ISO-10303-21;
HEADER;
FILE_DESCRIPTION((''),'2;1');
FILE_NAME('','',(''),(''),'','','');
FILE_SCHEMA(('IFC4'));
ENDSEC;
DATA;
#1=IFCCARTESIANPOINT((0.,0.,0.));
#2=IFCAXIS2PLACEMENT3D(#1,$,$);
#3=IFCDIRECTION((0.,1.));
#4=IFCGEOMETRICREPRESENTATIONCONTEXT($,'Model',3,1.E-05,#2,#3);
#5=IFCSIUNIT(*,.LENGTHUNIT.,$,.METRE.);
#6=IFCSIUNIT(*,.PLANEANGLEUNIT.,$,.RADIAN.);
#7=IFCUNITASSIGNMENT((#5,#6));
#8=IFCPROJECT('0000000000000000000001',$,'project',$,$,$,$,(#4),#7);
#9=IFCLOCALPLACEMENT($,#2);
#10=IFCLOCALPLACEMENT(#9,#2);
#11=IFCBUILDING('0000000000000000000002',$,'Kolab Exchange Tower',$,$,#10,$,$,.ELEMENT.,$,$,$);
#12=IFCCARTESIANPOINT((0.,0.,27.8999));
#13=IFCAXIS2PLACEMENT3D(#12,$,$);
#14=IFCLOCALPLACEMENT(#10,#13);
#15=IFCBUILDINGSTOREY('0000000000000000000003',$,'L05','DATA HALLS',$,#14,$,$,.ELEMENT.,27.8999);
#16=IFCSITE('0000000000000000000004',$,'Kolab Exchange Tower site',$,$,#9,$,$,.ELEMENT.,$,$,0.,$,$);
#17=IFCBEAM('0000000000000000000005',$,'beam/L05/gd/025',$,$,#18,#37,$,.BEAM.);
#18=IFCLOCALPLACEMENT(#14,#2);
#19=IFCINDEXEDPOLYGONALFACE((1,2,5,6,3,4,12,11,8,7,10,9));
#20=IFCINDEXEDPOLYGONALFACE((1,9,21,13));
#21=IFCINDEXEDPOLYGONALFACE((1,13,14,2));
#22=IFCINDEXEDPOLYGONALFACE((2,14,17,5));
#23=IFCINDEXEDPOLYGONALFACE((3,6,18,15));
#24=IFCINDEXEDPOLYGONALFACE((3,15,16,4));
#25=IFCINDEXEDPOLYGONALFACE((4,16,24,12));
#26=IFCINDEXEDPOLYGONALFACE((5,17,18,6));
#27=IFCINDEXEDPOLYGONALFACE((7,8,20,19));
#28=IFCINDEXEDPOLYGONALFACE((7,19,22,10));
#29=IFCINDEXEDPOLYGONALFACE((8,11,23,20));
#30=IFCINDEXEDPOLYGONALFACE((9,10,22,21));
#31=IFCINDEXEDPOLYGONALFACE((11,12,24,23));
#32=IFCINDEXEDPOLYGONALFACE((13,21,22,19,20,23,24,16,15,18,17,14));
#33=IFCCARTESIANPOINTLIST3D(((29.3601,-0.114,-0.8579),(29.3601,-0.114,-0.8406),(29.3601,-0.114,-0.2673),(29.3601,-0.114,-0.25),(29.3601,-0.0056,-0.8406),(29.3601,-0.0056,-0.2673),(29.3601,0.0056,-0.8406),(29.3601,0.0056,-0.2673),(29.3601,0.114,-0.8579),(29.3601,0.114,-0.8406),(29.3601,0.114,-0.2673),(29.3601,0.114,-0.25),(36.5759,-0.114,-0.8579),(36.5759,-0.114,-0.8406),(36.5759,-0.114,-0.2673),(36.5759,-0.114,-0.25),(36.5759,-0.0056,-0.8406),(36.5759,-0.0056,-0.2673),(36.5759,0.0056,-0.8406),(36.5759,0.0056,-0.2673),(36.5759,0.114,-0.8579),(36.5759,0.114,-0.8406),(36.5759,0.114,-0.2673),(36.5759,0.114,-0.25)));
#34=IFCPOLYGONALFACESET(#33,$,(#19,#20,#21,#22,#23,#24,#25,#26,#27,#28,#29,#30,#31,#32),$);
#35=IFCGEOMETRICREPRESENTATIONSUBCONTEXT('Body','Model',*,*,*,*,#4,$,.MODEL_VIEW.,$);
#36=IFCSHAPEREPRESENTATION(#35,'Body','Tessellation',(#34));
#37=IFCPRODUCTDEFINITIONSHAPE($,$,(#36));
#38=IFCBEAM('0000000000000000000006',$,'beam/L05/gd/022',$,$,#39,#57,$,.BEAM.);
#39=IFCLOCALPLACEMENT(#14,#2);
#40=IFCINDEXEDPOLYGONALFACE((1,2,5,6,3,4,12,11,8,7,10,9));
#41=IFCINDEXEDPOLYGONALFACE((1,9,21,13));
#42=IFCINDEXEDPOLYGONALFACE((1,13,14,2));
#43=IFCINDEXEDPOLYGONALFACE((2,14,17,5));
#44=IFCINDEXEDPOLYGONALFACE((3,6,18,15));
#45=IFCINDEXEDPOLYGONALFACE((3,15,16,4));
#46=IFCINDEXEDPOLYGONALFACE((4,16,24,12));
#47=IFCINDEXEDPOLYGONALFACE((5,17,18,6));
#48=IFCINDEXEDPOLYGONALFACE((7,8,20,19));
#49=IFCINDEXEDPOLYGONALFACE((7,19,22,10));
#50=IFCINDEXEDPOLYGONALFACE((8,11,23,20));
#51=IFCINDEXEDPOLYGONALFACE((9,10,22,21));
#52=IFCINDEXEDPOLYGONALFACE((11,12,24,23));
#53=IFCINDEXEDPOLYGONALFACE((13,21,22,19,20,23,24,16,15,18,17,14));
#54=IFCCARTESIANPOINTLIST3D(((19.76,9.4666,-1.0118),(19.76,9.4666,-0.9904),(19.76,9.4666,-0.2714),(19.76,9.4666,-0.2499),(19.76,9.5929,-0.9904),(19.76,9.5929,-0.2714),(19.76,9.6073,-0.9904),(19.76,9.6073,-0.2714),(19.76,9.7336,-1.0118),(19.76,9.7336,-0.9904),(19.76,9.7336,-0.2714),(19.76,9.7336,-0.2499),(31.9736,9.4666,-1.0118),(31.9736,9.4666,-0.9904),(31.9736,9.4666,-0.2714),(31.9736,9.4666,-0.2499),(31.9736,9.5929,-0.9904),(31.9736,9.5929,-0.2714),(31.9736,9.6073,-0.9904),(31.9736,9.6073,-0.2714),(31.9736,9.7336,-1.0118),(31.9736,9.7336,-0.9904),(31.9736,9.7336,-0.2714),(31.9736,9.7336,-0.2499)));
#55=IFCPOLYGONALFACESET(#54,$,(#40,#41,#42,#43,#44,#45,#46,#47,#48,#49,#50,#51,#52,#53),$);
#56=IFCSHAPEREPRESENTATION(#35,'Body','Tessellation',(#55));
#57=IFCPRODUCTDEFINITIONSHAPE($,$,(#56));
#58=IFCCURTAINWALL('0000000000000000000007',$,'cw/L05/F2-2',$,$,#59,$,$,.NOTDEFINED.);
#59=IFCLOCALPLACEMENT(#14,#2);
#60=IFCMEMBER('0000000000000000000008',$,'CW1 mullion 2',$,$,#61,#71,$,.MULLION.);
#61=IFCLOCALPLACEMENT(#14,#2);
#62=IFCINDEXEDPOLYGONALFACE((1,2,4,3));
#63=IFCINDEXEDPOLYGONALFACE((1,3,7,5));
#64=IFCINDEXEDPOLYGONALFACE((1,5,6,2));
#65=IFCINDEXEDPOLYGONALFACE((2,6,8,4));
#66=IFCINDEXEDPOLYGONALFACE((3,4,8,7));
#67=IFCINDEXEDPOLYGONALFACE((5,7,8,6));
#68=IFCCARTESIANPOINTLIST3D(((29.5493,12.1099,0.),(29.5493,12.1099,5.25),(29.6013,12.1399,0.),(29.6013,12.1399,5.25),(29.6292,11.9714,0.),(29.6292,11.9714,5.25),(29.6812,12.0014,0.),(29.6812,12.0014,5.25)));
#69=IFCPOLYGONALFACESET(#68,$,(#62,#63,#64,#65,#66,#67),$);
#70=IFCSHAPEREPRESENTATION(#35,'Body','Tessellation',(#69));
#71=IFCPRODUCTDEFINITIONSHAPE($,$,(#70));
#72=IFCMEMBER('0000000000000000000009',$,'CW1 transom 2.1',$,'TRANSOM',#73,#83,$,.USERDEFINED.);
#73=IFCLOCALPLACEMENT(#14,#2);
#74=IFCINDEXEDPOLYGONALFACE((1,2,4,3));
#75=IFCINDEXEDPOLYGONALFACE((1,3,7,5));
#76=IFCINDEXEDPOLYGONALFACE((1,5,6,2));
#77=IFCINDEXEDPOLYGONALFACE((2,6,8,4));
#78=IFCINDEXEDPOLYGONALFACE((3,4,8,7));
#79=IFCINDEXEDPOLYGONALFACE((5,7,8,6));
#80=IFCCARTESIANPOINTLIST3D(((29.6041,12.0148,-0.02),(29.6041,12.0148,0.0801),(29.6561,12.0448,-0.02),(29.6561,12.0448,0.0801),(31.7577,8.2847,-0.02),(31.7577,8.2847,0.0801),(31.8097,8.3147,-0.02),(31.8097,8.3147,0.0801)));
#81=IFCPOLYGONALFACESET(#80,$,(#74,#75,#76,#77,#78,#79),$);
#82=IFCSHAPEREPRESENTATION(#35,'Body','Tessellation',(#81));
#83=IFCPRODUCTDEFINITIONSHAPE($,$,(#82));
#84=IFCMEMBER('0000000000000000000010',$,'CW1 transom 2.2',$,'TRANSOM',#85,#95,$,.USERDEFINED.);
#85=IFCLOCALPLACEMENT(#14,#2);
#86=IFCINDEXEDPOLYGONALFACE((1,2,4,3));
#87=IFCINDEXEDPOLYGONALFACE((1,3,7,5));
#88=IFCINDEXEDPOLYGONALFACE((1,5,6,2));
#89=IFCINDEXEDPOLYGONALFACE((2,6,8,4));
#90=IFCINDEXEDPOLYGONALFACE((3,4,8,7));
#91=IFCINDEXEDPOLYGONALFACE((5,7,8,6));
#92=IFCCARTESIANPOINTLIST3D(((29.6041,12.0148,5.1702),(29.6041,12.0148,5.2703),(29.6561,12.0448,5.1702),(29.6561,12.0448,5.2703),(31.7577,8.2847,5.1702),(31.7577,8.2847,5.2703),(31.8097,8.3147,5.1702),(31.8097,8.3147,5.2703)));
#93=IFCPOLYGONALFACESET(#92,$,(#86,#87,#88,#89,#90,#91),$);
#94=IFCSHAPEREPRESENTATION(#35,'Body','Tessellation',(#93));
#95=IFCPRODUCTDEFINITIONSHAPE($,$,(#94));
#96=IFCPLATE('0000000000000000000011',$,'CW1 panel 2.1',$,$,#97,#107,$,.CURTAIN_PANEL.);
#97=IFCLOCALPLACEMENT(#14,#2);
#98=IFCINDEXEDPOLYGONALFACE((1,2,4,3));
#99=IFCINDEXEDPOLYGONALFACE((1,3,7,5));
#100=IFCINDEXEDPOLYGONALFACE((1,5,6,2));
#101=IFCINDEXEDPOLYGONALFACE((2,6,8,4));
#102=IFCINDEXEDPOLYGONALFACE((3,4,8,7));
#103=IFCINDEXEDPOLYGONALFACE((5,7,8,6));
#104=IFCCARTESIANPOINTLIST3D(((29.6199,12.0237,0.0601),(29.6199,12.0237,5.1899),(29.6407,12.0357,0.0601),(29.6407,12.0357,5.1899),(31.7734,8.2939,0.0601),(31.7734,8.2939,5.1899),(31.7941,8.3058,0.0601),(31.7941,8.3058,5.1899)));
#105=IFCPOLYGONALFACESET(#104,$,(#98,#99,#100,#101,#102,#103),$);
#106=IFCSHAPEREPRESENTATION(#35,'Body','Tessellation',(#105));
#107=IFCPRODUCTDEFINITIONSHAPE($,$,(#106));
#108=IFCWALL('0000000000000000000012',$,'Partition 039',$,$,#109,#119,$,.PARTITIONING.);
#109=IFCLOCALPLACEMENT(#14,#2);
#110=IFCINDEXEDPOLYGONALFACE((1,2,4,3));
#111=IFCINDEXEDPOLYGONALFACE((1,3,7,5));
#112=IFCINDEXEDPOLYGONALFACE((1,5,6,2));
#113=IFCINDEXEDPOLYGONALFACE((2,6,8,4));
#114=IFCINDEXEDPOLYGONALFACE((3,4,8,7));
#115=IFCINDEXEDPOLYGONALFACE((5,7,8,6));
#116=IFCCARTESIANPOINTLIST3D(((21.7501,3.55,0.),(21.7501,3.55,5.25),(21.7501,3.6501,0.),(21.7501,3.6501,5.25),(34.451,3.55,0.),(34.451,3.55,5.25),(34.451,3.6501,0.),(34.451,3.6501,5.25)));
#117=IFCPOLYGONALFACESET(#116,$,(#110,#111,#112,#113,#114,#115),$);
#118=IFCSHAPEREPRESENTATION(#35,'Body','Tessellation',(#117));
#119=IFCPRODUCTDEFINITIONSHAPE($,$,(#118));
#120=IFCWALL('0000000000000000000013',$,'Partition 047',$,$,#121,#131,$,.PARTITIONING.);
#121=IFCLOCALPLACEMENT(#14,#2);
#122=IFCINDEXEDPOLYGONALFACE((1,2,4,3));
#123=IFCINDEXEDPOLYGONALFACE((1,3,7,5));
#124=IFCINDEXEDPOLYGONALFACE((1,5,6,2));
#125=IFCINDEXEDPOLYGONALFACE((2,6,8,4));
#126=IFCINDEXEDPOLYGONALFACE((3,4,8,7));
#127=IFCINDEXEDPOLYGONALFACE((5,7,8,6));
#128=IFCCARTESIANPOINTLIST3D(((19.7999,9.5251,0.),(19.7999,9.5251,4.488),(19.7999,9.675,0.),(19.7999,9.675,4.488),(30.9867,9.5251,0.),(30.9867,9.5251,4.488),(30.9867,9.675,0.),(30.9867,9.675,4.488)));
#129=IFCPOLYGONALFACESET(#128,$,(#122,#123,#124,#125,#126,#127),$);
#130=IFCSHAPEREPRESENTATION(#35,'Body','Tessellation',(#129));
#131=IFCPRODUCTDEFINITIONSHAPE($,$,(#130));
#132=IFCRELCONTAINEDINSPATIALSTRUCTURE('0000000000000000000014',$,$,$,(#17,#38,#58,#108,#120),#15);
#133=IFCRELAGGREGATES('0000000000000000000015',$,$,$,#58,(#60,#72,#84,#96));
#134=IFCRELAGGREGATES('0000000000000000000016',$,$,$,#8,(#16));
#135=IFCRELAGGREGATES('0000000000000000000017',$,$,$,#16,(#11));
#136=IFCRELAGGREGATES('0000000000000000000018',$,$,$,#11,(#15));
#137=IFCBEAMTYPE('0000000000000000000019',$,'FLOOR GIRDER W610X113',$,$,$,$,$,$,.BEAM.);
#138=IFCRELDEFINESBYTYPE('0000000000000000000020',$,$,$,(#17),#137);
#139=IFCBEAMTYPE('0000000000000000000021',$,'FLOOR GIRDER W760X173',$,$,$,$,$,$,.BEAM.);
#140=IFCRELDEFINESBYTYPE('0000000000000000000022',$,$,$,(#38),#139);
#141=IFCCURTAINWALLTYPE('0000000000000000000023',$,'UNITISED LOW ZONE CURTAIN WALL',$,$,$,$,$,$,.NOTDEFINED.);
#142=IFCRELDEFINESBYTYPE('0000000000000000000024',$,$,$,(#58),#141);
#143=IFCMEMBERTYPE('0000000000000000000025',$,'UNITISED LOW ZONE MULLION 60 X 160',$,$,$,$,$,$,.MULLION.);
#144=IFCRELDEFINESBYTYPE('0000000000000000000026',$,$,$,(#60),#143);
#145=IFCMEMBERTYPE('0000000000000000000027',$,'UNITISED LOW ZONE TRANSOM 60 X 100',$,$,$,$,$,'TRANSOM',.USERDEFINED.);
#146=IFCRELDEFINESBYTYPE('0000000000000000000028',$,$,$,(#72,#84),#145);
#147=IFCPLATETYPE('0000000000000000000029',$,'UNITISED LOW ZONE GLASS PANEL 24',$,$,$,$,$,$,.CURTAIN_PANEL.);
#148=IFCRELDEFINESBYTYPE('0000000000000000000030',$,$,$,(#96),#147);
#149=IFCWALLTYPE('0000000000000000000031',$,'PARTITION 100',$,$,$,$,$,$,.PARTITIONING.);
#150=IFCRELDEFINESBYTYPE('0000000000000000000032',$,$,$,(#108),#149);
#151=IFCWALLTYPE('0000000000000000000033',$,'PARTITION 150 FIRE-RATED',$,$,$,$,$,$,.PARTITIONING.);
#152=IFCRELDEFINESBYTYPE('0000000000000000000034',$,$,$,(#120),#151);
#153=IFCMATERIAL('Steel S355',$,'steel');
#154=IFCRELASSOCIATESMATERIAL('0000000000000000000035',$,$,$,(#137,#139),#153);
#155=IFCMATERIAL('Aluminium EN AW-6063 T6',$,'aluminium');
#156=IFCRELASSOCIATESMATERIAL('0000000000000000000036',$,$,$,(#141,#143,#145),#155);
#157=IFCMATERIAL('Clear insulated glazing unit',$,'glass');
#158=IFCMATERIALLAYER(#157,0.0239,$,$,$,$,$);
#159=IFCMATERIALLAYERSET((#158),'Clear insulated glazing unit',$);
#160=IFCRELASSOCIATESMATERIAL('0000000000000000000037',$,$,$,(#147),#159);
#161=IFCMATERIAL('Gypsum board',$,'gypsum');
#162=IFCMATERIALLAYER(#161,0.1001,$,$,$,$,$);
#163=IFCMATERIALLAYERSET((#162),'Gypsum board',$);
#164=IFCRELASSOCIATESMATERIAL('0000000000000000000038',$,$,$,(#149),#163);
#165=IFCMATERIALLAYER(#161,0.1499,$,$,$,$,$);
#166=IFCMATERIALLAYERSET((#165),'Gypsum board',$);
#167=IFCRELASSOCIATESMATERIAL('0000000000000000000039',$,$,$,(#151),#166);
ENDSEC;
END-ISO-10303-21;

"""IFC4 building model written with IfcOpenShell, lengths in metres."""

from ifc_helpers import new_model, si_unit, direction, frame, frame_2d, origin, origin_2d, place, context, subcontext, project, spatial, rectangle, i_section, extrude, material, layer, layer_set, material_profile, profile_set, type_object, element, aggregate, save


model = new_model("IFC4")

# Units and contexts
model_context = context("Model", 3, precision=1e-05, world=origin(), true_north=direction((0.0, 1.0)))
body_context = subcontext(model_context, "Body", "Model", "MODEL_VIEW")
ifc_project = project(units=[si_unit("LENGTHUNIT", "METRE"), si_unit("PLANEANGLEUNIT", "RADIAN")], contexts=[model_context])

# Site, building, storey
site_placement = place(None, origin())
site = spatial("IfcSite", under=ifc_project, at=site_placement, Name="Kolab Exchange Tower site", CompositionType="ELEMENT", RefElevation=0.0)
building_placement = place(site_placement, origin())
building = spatial("IfcBuilding", under=site, at=building_placement, Name="Kolab Exchange Tower", CompositionType="ELEMENT")
storey_placement = place(building_placement, frame((0.0, 0.0, 27.8999)))
storey = spatial("IfcBuildingStorey", under=building, at=storey_placement, Name="L05", Description="DATA HALLS", CompositionType="ELEMENT", Elevation=27.8999)

# Beams
ifc_material_1 = material(Name="Steel S355", Category="steel")
ifc_material_profile_1 = material_profile(ifc_material_1, i_section(OverallWidth=0.228, OverallDepth=0.6079, WebThickness=0.0112, FlangeThickness=0.0173, at=origin_2d()), Name="W610X113")
ifc_profile_set_1 = profile_set([ifc_material_profile_1], Name="Steel S355")
beam_type_1 = type_object("IfcBeamType", Name="FLOOR GIRDER W610X113", PredefinedType="BEAM", material=ifc_profile_set_1)
beam_1_placement = place(storey_placement, frame((29.3601, 0.0, -0.554), z_axis=(1.0, 0.0, 0.0), x_axis=(0.0, 1.0, 0.0)))
element("IfcBeam", 1, at=beam_1_placement, inside=storey, type_object=beam_type_1, Name="beam/L05/gd/025", PredefinedType="BEAM", context=body_context, shape_type="SweptSolid", body=[
    extrude(i_section(OverallWidth=0.228, OverallDepth=0.6079, WebThickness=0.0112, FlangeThickness=0.0173, at=origin_2d()), origin(), (0.0, 0.0, 1.0), 7.2158),
])
ifc_material_profile_2 = material_profile(ifc_material_1, i_section(OverallWidth=0.2671, OverallDepth=0.762, WebThickness=0.0144, FlangeThickness=0.0215, at=origin_2d()), Name="W760X173")
ifc_profile_set_2 = profile_set([ifc_material_profile_2], Name="Steel S355")
beam_type_2 = type_object("IfcBeamType", Name="FLOOR GIRDER W760X173", PredefinedType="BEAM", material=ifc_profile_set_2)
beam_2_placement = place(storey_placement, frame((19.76, 9.6001, -0.6309), z_axis=(1.0, 0.0, 0.0), x_axis=(0.0, 1.0, 0.0)))
element("IfcBeam", 2, at=beam_2_placement, inside=storey, type_object=beam_type_2, Name="beam/L05/gd/022", PredefinedType="BEAM", context=body_context, shape_type="SweptSolid", body=[
    extrude(i_section(OverallWidth=0.2671, OverallDepth=0.762, WebThickness=0.0144, FlangeThickness=0.0215, at=origin_2d()), origin(), (0.0, 0.0, 1.0), 12.2136),
])

# Curtain wall, members, plate
ifc_material_2 = material(Name="Aluminium EN AW-6063 T6", Category="aluminium")
curtain_wall_type = type_object("IfcCurtainWallType", Name="UNITISED LOW ZONE CURTAIN WALL", PredefinedType="NOTDEFINED", material=ifc_material_2)
curtain_wall_placement = place(storey_placement, origin())
curtain_wall = element("IfcCurtainWall", 3, at=curtain_wall_placement, inside=storey, type_object=curtain_wall_type, Name="cw/L05/F2-2", PredefinedType="NOTDEFINED")
ifc_material_profile_3 = material_profile(ifc_material_2, rectangle(XDim=0.0601, YDim=0.1599, at=origin_2d()), Name="RECT 60X160")
ifc_profile_set_3 = profile_set([ifc_material_profile_3], Name="Aluminium EN AW-6063 T6")
member_type_1 = type_object("IfcMemberType", Name="UNITISED LOW ZONE MULLION 60 X 160", PredefinedType="MULLION", material=ifc_profile_set_3)
member_1_placement = place(storey_placement, frame((29.6152, 12.0557, 0.0), z_axis=(0.0, 0.0, 1.0), x_axis=(0.866025, 0.5, 0.0)))
member_1 = element("IfcMember", 4, at=member_1_placement, type_object=member_type_1, Name="CW1 mullion 2", PredefinedType="MULLION", context=body_context, shape_type="SweptSolid", body=[
    extrude(rectangle(XDim=0.0601, YDim=0.1599, at=origin_2d()), origin(), (0.0, 0.0, 1.0), 5.25),
])
ifc_material_profile_4 = material_profile(ifc_material_2, rectangle(XDim=0.0601, YDim=0.1001, at=origin_2d()), Name="RECT 60X100")
ifc_profile_set_4 = profile_set([ifc_material_profile_4], Name="Aluminium EN AW-6063 T6")
member_type_2 = type_object("IfcMemberType", Name="UNITISED LOW ZONE TRANSOM 60 X 100", ElementType="TRANSOM", PredefinedType="USERDEFINED", material=ifc_profile_set_4)
member_2_placement = place(storey_placement, frame((29.6301, 12.0298, 0.03), z_axis=(0.50001, -0.866019, 0.0), x_axis=(0.866019, 0.50001, 0.0)))
member_2 = element("IfcMember", 5, at=member_2_placement, type_object=member_type_2, Name="CW1 transom 2.1", ObjectType="TRANSOM", PredefinedType="USERDEFINED", context=body_context, shape_type="SweptSolid", body=[
    extrude(rectangle(XDim=0.0601, YDim=0.1001, at=origin_2d()), origin(), (0.0, 0.0, 1.0), 4.3071),
])
member_3_placement = place(storey_placement, frame((29.6301, 12.0298, 5.2202), z_axis=(0.50001, -0.866019, 0.0), x_axis=(0.866019, 0.50001, 0.0)))
member_3 = element("IfcMember", 6, at=member_3_placement, type_object=member_type_2, Name="CW1 transom 2.2", ObjectType="TRANSOM", PredefinedType="USERDEFINED", context=body_context, shape_type="SweptSolid", body=[
    extrude(rectangle(XDim=0.0601, YDim=0.1001, at=origin_2d()), origin(), (0.0, 0.0, 1.0), 4.3071),
])
ifc_material_3 = material(Name="Clear insulated glazing unit", Category="glass")
ifc_layer_1 = layer(ifc_material_3, 0.0239)
ifc_layer_set_1 = layer_set([ifc_layer_1], Name="Clear insulated glazing unit")
plate_type = type_object("IfcPlateType", Name="UNITISED LOW ZONE GLASS PANEL 24", PredefinedType="CURTAIN_PANEL", material=ifc_layer_set_1)
plate_placement = place(storey_placement, frame((30.707, 10.1648, 0.0601), z_axis=(0.0, 0.0, 1.0), x_axis=(0.5, -0.866025, 0.0)))
plate = element("IfcPlate", 7, at=plate_placement, type_object=plate_type, Name="CW1 panel 2.1", PredefinedType="CURTAIN_PANEL", context=body_context, shape_type="SweptSolid", body=[
    extrude(rectangle(XDim=4.3069, YDim=0.0239, at=origin_2d()), origin(), (0.0, 0.0, 1.0), 5.1299),
])
aggregate(curtain_wall, [member_1, member_2, member_3, plate])

# Walls
ifc_material_4 = material(Name="Gypsum board", Category="gypsum")
ifc_layer_2 = layer(ifc_material_4, 0.1001)
ifc_layer_set_2 = layer_set([ifc_layer_2], Name="Gypsum board")
wall_type_1 = type_object("IfcWallType", Name="PARTITION 100", PredefinedType="PARTITIONING", material=ifc_layer_set_2)
wall_1_placement = place(storey_placement, frame((21.75, 3.6001, 0.0), z_axis=(0.0, 0.0, 1.0), x_axis=(1.0, 0.0, 0.0)))
element("IfcWall", 8, at=wall_1_placement, inside=storey, type_object=wall_type_1, Name="Partition 039", PredefinedType="PARTITIONING", context=body_context, shape_type="SweptSolid", body=[
    extrude(rectangle(XDim=12.7009, YDim=0.1001, at=frame_2d((6.3506, 0.0))), origin(), (0.0, 0.0, 1.0), 5.25),
])
ifc_layer_3 = layer(ifc_material_4, 0.1499)
ifc_layer_set_3 = layer_set([ifc_layer_3], Name="Gypsum board")
wall_type_2 = type_object("IfcWallType", Name="PARTITION 150 FIRE-RATED", PredefinedType="PARTITIONING", material=ifc_layer_set_3)
wall_2_placement = place(storey_placement, frame((19.8, 9.6001, 0.0), z_axis=(0.0, 0.0, 1.0), x_axis=(1.0, 0.0, 0.0)))
element("IfcWall", 9, at=wall_2_placement, inside=storey, type_object=wall_type_2, Name="Partition 047", PredefinedType="PARTITIONING", context=body_context, shape_type="SweptSolid", body=[
    extrude(rectangle(XDim=11.1868, YDim=0.1499, at=frame_2d((5.5933, 0.0))), origin(), (0.0, 0.0, 1.0), 4.488),
])

save(model, "model.ifc")
